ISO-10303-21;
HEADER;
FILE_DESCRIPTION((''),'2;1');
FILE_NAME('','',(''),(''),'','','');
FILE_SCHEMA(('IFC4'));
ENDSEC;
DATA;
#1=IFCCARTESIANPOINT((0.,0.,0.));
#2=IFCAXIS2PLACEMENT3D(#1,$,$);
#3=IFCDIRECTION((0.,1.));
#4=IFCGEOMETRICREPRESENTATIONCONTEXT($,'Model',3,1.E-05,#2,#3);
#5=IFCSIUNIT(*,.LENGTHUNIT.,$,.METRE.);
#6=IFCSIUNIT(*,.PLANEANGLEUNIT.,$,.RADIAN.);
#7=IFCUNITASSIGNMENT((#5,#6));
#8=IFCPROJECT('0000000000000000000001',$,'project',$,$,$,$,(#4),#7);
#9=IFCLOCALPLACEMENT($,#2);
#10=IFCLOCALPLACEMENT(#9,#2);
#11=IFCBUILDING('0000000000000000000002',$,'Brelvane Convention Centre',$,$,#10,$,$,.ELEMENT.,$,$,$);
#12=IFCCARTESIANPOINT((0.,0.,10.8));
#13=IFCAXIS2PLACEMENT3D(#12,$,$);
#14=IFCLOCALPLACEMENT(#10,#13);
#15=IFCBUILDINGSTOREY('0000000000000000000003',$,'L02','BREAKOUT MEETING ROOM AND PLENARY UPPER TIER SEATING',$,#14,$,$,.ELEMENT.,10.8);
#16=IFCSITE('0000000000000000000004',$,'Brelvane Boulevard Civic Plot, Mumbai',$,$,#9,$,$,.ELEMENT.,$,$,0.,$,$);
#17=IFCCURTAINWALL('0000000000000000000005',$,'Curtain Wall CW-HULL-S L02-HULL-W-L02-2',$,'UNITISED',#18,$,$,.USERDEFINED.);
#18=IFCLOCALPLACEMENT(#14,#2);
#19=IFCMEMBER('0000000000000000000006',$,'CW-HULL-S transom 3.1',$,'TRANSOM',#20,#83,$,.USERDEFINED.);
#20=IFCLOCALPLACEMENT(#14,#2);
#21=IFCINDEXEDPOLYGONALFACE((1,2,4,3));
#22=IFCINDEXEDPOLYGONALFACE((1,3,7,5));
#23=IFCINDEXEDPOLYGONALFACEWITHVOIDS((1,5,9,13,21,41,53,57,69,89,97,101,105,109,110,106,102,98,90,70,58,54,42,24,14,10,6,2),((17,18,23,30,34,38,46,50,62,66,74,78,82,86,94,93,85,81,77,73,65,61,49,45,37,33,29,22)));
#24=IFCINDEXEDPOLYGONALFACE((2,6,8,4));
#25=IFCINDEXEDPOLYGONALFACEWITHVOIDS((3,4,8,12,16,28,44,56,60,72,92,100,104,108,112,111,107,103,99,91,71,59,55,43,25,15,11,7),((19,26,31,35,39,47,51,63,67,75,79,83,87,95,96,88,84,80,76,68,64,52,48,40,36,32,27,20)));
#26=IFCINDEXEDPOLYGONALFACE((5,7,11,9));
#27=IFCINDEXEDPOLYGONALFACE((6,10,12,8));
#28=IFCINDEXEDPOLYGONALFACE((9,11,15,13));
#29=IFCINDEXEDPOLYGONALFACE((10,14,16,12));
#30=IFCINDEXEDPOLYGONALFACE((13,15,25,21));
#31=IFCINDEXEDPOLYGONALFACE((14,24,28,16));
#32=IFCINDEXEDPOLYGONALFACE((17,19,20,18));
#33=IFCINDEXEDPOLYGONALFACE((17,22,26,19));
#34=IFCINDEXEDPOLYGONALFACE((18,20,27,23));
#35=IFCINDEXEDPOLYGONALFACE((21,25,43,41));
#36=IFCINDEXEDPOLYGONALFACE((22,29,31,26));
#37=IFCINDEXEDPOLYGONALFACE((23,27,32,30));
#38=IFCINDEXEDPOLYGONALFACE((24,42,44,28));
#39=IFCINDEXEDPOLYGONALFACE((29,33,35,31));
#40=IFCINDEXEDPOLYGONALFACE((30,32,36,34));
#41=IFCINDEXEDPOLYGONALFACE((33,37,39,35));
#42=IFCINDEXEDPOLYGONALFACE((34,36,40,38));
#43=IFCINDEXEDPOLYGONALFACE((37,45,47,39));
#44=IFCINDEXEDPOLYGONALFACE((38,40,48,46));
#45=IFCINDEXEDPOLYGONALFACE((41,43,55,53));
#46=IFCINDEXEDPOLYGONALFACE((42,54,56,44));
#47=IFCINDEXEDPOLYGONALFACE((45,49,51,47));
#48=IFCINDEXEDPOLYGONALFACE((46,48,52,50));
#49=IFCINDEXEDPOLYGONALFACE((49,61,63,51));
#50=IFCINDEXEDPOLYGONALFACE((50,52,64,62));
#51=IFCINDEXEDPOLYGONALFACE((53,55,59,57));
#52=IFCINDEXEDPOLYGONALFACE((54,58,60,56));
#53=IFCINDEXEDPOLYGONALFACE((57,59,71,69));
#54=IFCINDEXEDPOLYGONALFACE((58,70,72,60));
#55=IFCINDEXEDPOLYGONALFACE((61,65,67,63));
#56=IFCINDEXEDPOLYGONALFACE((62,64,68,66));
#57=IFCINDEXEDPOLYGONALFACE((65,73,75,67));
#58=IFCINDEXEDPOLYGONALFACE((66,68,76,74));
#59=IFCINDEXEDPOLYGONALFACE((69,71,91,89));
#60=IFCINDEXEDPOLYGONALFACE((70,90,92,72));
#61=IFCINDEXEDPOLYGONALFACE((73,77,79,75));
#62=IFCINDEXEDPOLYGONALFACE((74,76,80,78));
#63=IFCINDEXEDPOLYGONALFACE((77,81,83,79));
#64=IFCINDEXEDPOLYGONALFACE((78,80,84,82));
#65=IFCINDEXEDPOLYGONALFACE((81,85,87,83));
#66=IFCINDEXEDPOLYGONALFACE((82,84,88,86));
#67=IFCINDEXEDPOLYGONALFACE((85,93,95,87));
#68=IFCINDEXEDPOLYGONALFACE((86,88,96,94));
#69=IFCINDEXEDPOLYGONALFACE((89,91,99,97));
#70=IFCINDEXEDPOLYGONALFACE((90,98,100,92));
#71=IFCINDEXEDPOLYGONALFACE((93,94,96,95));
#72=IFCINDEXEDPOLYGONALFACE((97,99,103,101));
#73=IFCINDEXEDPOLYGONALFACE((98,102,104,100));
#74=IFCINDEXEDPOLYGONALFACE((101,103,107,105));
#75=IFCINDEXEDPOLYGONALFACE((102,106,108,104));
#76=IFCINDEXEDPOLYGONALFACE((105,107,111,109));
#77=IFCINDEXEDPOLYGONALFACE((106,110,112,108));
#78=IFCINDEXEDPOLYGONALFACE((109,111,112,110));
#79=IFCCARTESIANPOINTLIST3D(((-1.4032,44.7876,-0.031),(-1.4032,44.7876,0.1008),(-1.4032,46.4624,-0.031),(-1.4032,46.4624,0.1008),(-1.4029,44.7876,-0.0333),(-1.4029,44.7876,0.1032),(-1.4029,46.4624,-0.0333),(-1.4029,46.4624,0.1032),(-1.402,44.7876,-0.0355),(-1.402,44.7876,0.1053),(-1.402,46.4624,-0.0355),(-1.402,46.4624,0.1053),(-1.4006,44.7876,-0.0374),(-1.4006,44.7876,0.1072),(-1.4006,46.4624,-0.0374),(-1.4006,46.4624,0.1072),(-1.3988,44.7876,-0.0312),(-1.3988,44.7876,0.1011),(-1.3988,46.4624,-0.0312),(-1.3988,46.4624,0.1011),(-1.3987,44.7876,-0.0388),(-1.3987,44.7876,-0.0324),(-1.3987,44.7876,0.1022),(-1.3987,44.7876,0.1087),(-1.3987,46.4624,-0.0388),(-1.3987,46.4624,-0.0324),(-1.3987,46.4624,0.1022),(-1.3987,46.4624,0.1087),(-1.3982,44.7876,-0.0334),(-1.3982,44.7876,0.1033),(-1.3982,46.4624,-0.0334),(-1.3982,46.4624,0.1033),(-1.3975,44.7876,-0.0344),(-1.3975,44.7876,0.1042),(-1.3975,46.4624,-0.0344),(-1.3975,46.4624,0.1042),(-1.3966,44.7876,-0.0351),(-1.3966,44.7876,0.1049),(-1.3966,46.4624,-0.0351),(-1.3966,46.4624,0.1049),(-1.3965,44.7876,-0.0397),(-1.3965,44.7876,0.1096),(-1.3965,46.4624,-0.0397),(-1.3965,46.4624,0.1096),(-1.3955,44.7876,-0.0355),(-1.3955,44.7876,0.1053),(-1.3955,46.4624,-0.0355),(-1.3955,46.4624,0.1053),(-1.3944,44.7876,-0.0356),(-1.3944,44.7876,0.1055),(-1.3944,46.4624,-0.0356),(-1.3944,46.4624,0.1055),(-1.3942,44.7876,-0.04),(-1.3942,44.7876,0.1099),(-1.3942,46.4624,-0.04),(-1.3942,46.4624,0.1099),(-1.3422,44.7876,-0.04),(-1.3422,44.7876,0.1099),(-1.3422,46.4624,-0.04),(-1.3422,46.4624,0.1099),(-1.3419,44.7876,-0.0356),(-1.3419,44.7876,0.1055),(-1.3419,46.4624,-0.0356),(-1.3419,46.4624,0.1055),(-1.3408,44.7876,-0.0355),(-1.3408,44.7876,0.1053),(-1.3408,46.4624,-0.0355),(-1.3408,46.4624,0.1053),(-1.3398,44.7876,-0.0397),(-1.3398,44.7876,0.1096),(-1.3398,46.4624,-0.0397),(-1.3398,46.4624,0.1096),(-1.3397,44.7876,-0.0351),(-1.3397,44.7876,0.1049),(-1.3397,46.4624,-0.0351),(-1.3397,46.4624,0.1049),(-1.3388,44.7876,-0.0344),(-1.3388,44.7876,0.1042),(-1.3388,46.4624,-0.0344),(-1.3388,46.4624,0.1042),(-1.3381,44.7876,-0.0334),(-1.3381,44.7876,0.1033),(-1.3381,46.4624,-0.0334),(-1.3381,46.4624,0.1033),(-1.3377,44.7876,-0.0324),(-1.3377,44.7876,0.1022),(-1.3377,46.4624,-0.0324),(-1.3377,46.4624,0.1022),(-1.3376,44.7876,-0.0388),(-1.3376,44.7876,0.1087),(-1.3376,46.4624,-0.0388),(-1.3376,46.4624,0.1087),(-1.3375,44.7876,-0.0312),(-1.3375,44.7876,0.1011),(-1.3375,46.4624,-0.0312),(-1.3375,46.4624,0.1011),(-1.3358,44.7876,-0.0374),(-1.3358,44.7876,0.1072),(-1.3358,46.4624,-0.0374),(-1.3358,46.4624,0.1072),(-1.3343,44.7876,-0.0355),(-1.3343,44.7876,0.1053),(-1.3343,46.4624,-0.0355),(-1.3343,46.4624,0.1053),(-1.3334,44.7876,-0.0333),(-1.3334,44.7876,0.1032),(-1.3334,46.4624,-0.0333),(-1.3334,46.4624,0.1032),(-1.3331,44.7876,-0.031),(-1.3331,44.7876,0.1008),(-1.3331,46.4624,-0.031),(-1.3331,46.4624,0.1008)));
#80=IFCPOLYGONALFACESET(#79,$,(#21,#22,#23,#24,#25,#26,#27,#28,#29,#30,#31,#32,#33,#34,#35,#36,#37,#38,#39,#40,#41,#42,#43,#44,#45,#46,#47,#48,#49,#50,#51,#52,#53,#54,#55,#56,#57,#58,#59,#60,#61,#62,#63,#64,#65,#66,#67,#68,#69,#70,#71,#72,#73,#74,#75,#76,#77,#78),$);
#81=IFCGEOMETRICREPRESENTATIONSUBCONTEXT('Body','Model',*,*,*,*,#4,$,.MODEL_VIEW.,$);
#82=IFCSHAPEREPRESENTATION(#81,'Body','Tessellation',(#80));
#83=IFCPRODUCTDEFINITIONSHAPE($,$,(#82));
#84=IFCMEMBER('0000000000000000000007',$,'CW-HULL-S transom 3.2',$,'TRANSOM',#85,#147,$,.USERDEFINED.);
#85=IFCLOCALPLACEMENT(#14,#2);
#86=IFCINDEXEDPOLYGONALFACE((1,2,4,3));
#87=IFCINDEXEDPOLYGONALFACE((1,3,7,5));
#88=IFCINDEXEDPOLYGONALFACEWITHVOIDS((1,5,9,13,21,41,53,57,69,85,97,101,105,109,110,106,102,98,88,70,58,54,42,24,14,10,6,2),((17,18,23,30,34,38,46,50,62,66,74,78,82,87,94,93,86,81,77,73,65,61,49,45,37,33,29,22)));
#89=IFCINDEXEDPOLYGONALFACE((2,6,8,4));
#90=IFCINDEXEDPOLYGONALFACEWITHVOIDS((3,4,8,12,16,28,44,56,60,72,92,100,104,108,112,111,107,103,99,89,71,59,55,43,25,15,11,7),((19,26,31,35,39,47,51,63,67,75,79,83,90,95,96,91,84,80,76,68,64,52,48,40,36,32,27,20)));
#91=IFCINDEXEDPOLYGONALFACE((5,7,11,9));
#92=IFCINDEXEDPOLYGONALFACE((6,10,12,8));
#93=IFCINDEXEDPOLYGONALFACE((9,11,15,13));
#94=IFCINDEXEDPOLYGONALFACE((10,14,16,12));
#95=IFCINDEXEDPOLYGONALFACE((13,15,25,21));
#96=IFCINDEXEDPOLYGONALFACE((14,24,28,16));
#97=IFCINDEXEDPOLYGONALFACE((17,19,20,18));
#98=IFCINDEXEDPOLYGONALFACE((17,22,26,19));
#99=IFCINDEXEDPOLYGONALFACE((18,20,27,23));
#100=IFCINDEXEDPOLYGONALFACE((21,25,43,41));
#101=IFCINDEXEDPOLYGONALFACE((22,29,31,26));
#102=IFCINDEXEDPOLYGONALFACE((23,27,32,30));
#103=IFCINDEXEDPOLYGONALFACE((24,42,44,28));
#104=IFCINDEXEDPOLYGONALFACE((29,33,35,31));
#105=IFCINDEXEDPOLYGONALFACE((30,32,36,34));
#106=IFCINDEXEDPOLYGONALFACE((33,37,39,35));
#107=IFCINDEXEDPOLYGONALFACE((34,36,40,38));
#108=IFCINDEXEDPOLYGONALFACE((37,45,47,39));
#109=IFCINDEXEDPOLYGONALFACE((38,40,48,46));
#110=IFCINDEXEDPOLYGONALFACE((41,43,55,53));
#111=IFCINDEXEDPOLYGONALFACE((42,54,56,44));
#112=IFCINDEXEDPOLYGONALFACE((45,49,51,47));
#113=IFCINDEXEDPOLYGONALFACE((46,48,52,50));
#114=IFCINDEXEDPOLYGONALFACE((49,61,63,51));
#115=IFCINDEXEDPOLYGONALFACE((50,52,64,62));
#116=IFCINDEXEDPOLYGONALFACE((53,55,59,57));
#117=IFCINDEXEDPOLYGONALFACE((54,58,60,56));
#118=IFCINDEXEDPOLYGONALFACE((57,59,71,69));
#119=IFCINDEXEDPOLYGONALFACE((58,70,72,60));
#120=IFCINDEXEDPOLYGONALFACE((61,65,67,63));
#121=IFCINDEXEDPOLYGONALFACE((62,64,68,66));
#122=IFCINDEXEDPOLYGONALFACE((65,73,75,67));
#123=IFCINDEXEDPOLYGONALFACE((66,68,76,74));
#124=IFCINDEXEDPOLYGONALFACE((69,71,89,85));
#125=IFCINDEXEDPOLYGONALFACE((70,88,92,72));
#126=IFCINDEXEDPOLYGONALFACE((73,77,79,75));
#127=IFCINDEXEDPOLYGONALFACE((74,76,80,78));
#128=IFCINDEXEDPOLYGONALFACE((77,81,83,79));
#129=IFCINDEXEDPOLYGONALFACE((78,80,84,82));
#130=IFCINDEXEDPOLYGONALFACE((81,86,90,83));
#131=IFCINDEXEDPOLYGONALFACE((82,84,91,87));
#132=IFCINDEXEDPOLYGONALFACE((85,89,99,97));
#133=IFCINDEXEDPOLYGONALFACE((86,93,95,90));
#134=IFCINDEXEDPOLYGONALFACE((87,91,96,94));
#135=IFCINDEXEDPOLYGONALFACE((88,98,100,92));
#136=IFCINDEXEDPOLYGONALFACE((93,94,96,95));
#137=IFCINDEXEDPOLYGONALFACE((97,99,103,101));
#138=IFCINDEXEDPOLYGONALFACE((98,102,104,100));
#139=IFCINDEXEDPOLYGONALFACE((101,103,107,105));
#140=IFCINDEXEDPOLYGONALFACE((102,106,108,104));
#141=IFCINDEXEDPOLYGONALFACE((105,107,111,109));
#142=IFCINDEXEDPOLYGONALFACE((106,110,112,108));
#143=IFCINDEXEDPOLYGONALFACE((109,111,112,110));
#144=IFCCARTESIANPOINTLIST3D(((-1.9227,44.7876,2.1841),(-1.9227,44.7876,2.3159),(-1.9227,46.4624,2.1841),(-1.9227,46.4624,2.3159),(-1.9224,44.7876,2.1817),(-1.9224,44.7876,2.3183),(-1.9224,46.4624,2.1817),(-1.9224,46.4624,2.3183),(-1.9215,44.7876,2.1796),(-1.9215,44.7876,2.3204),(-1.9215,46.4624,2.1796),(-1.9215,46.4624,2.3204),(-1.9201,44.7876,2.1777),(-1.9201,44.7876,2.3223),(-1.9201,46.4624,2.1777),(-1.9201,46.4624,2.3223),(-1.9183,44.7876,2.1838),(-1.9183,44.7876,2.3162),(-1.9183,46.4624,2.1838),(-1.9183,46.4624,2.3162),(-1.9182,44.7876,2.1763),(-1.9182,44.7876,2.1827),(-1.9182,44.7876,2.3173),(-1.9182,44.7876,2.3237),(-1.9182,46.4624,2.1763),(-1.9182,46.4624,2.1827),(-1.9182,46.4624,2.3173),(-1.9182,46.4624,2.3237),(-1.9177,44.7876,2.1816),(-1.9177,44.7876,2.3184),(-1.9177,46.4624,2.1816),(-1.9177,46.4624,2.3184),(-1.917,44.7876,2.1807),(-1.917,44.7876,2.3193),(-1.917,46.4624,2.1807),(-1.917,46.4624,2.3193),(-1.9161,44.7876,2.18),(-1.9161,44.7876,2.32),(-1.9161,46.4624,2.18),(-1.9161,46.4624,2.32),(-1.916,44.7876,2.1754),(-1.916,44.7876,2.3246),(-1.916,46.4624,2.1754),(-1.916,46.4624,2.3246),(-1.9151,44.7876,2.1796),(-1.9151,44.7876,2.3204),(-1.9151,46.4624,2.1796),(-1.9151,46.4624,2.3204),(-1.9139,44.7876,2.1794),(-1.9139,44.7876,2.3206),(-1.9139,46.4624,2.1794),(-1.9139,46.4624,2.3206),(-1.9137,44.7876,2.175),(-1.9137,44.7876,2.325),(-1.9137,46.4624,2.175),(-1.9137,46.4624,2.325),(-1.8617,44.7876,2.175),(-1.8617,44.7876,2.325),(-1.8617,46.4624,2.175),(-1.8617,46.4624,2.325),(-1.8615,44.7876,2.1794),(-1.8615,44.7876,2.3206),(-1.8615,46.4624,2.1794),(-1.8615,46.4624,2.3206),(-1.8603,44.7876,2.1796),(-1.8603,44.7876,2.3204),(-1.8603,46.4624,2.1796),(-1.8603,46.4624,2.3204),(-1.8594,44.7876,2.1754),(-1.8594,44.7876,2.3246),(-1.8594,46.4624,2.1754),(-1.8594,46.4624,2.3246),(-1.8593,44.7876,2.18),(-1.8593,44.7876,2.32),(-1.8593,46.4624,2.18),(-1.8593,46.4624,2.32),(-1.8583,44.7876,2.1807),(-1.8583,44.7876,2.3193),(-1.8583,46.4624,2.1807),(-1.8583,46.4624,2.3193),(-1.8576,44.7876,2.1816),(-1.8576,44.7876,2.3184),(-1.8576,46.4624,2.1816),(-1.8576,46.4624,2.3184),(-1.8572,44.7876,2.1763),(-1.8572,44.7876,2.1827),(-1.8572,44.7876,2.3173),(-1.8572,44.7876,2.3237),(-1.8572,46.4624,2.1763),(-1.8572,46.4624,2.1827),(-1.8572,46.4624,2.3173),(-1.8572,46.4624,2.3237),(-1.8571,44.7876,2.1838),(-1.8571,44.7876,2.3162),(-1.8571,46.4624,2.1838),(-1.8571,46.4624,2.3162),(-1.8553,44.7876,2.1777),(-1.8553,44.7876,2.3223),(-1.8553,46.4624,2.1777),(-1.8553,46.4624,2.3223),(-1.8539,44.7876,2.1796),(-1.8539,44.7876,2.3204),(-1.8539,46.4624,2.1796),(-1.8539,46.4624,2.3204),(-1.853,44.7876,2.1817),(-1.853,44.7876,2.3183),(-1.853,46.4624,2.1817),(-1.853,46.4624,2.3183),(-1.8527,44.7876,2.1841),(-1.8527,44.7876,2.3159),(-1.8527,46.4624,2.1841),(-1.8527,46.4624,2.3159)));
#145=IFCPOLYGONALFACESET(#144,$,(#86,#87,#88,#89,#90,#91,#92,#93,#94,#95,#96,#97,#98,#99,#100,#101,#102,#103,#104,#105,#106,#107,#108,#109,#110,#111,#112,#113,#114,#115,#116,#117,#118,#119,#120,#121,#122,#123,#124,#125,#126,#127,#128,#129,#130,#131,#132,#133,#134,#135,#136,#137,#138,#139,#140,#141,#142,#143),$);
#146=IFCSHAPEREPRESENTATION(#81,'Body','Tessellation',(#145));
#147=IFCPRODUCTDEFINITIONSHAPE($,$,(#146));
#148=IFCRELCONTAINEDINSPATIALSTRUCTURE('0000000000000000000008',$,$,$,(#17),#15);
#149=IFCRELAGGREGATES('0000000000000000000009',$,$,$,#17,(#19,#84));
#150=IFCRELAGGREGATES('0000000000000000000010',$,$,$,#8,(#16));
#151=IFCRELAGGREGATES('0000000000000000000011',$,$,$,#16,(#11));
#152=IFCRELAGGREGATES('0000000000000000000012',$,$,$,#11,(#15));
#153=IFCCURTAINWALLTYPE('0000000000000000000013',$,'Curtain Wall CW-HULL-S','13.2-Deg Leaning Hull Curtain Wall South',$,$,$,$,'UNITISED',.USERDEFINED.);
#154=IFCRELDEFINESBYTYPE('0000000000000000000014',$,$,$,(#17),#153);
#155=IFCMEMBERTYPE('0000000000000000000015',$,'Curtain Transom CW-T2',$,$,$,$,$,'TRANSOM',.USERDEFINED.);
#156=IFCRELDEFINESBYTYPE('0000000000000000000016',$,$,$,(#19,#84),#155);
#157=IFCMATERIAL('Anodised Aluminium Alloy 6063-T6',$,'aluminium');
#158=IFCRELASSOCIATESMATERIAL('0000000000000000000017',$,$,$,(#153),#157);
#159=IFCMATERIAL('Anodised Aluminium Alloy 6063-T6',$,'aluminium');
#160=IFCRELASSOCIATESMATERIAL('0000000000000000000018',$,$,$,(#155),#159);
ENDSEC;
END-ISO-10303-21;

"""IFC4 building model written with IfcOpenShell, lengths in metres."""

from ifc_helpers import new_model, si_unit, direction, frame, origin, origin_2d, place, context, subcontext, project, spatial, hollow_rectangle, extrude, material, material_profile, profile_set, type_object, element, aggregate, save


model = new_model("IFC4")

# Units and contexts
model_context = context("Model", 3, precision=1e-05, world=origin(), true_north=direction((0.0, 1.0)))
body_context = subcontext(model_context, "Body", "Model", "MODEL_VIEW")
ifc_project = project(units=[si_unit("LENGTHUNIT", "METRE"), si_unit("PLANEANGLEUNIT", "RADIAN")], contexts=[model_context])

# Site, building, storey
site_placement = place(None, origin())
site = spatial("IfcSite", under=ifc_project, at=site_placement, Name="Brelvane Boulevard Civic Plot, Mumbai", CompositionType="ELEMENT", RefElevation=0.0)
building_placement = place(site_placement, origin())
building = spatial("IfcBuilding", under=site, at=building_placement, Name="Brelvane Convention Centre", CompositionType="ELEMENT")
storey_placement = place(building_placement, frame((0.0, 0.0, 10.8)))
storey = spatial("IfcBuildingStorey", under=building, at=storey_placement, Name="L02", Description="BREAKOUT MEETING ROOM AND PLENARY UPPER TIER SEATING", CompositionType="ELEMENT", Elevation=10.8)

# Curtain wall, members
ifc_material_1 = material(Name="Anodised Aluminium Alloy 6063-T6", Category="aluminium")
curtain_wall_type = type_object("IfcCurtainWallType", Name="Curtain Wall CW-HULL-S", Description="13.2-Deg Leaning Hull Curtain Wall South", ElementType="UNITISED", PredefinedType="USERDEFINED", material=ifc_material_1)
curtain_wall_placement = place(storey_placement, origin())
curtain_wall = element("IfcCurtainWall", 1, at=curtain_wall_placement, inside=storey, type_object=curtain_wall_type, Name="Curtain Wall CW-HULL-S L02-HULL-W-L02-2", ObjectType="UNITISED", PredefinedType="USERDEFINED")
ifc_material_2 = material(Name="Anodised Aluminium Alloy 6063-T6", Category="aluminium")
ifc_material_profile_1 = material_profile(ifc_material_2, hollow_rectangle(XDim=0.0701, YDim=0.1499, WallThickness=0.0044, InnerFilletRadius=0.0044, OuterFilletRadius=0.009, at=origin_2d()), Name="ALU-T 150x70x4.5")
ifc_profile_set_1 = profile_set([ifc_material_profile_1], Name="Anodised Aluminium Alloy 6063-T6")
member_type_1 = type_object("IfcMemberType", Name="Curtain Transom CW-T2", ElementType="TRANSOM", PredefinedType="USERDEFINED", material=ifc_profile_set_1)
member_1_placement = place(storey_placement, frame((-1.3682, 44.7876, 0.0349), z_axis=(0.0, 1.0, 0.0), x_axis=(-1.0, 0.0, 0.0)))
member_1 = element("IfcMember", 2, at=member_1_placement, type_object=member_type_1, Name="CW-HULL-S transom 3.1", ObjectType="TRANSOM", PredefinedType="USERDEFINED", context=body_context, shape_type="SweptSolid", body=[
    extrude(hollow_rectangle(XDim=0.0701, YDim=0.1499, WallThickness=0.0044, InnerFilletRadius=0.0044, OuterFilletRadius=0.009, at=origin_2d()), origin(), (0.0, 0.0, 1.0), 1.6748),
])
member_2_placement = place(storey_placement, frame((-1.8877, 44.7876, 2.25), z_axis=(0.0, 1.0, 0.0), x_axis=(-1.0, 0.0, 0.0)))
member_2 = element("IfcMember", 3, at=member_2_placement, type_object=member_type_1, Name="CW-HULL-S transom 3.2", ObjectType="TRANSOM", PredefinedType="USERDEFINED", context=body_context, shape_type="SweptSolid", body=[
    extrude(hollow_rectangle(XDim=0.0701, YDim=0.1499, WallThickness=0.0044, InnerFilletRadius=0.0044, OuterFilletRadius=0.009, at=origin_2d()), origin(), (0.0, 0.0, 1.0), 1.6748),
])
aggregate(curtain_wall, [member_1, member_2])

save(model, "model.ifc")
